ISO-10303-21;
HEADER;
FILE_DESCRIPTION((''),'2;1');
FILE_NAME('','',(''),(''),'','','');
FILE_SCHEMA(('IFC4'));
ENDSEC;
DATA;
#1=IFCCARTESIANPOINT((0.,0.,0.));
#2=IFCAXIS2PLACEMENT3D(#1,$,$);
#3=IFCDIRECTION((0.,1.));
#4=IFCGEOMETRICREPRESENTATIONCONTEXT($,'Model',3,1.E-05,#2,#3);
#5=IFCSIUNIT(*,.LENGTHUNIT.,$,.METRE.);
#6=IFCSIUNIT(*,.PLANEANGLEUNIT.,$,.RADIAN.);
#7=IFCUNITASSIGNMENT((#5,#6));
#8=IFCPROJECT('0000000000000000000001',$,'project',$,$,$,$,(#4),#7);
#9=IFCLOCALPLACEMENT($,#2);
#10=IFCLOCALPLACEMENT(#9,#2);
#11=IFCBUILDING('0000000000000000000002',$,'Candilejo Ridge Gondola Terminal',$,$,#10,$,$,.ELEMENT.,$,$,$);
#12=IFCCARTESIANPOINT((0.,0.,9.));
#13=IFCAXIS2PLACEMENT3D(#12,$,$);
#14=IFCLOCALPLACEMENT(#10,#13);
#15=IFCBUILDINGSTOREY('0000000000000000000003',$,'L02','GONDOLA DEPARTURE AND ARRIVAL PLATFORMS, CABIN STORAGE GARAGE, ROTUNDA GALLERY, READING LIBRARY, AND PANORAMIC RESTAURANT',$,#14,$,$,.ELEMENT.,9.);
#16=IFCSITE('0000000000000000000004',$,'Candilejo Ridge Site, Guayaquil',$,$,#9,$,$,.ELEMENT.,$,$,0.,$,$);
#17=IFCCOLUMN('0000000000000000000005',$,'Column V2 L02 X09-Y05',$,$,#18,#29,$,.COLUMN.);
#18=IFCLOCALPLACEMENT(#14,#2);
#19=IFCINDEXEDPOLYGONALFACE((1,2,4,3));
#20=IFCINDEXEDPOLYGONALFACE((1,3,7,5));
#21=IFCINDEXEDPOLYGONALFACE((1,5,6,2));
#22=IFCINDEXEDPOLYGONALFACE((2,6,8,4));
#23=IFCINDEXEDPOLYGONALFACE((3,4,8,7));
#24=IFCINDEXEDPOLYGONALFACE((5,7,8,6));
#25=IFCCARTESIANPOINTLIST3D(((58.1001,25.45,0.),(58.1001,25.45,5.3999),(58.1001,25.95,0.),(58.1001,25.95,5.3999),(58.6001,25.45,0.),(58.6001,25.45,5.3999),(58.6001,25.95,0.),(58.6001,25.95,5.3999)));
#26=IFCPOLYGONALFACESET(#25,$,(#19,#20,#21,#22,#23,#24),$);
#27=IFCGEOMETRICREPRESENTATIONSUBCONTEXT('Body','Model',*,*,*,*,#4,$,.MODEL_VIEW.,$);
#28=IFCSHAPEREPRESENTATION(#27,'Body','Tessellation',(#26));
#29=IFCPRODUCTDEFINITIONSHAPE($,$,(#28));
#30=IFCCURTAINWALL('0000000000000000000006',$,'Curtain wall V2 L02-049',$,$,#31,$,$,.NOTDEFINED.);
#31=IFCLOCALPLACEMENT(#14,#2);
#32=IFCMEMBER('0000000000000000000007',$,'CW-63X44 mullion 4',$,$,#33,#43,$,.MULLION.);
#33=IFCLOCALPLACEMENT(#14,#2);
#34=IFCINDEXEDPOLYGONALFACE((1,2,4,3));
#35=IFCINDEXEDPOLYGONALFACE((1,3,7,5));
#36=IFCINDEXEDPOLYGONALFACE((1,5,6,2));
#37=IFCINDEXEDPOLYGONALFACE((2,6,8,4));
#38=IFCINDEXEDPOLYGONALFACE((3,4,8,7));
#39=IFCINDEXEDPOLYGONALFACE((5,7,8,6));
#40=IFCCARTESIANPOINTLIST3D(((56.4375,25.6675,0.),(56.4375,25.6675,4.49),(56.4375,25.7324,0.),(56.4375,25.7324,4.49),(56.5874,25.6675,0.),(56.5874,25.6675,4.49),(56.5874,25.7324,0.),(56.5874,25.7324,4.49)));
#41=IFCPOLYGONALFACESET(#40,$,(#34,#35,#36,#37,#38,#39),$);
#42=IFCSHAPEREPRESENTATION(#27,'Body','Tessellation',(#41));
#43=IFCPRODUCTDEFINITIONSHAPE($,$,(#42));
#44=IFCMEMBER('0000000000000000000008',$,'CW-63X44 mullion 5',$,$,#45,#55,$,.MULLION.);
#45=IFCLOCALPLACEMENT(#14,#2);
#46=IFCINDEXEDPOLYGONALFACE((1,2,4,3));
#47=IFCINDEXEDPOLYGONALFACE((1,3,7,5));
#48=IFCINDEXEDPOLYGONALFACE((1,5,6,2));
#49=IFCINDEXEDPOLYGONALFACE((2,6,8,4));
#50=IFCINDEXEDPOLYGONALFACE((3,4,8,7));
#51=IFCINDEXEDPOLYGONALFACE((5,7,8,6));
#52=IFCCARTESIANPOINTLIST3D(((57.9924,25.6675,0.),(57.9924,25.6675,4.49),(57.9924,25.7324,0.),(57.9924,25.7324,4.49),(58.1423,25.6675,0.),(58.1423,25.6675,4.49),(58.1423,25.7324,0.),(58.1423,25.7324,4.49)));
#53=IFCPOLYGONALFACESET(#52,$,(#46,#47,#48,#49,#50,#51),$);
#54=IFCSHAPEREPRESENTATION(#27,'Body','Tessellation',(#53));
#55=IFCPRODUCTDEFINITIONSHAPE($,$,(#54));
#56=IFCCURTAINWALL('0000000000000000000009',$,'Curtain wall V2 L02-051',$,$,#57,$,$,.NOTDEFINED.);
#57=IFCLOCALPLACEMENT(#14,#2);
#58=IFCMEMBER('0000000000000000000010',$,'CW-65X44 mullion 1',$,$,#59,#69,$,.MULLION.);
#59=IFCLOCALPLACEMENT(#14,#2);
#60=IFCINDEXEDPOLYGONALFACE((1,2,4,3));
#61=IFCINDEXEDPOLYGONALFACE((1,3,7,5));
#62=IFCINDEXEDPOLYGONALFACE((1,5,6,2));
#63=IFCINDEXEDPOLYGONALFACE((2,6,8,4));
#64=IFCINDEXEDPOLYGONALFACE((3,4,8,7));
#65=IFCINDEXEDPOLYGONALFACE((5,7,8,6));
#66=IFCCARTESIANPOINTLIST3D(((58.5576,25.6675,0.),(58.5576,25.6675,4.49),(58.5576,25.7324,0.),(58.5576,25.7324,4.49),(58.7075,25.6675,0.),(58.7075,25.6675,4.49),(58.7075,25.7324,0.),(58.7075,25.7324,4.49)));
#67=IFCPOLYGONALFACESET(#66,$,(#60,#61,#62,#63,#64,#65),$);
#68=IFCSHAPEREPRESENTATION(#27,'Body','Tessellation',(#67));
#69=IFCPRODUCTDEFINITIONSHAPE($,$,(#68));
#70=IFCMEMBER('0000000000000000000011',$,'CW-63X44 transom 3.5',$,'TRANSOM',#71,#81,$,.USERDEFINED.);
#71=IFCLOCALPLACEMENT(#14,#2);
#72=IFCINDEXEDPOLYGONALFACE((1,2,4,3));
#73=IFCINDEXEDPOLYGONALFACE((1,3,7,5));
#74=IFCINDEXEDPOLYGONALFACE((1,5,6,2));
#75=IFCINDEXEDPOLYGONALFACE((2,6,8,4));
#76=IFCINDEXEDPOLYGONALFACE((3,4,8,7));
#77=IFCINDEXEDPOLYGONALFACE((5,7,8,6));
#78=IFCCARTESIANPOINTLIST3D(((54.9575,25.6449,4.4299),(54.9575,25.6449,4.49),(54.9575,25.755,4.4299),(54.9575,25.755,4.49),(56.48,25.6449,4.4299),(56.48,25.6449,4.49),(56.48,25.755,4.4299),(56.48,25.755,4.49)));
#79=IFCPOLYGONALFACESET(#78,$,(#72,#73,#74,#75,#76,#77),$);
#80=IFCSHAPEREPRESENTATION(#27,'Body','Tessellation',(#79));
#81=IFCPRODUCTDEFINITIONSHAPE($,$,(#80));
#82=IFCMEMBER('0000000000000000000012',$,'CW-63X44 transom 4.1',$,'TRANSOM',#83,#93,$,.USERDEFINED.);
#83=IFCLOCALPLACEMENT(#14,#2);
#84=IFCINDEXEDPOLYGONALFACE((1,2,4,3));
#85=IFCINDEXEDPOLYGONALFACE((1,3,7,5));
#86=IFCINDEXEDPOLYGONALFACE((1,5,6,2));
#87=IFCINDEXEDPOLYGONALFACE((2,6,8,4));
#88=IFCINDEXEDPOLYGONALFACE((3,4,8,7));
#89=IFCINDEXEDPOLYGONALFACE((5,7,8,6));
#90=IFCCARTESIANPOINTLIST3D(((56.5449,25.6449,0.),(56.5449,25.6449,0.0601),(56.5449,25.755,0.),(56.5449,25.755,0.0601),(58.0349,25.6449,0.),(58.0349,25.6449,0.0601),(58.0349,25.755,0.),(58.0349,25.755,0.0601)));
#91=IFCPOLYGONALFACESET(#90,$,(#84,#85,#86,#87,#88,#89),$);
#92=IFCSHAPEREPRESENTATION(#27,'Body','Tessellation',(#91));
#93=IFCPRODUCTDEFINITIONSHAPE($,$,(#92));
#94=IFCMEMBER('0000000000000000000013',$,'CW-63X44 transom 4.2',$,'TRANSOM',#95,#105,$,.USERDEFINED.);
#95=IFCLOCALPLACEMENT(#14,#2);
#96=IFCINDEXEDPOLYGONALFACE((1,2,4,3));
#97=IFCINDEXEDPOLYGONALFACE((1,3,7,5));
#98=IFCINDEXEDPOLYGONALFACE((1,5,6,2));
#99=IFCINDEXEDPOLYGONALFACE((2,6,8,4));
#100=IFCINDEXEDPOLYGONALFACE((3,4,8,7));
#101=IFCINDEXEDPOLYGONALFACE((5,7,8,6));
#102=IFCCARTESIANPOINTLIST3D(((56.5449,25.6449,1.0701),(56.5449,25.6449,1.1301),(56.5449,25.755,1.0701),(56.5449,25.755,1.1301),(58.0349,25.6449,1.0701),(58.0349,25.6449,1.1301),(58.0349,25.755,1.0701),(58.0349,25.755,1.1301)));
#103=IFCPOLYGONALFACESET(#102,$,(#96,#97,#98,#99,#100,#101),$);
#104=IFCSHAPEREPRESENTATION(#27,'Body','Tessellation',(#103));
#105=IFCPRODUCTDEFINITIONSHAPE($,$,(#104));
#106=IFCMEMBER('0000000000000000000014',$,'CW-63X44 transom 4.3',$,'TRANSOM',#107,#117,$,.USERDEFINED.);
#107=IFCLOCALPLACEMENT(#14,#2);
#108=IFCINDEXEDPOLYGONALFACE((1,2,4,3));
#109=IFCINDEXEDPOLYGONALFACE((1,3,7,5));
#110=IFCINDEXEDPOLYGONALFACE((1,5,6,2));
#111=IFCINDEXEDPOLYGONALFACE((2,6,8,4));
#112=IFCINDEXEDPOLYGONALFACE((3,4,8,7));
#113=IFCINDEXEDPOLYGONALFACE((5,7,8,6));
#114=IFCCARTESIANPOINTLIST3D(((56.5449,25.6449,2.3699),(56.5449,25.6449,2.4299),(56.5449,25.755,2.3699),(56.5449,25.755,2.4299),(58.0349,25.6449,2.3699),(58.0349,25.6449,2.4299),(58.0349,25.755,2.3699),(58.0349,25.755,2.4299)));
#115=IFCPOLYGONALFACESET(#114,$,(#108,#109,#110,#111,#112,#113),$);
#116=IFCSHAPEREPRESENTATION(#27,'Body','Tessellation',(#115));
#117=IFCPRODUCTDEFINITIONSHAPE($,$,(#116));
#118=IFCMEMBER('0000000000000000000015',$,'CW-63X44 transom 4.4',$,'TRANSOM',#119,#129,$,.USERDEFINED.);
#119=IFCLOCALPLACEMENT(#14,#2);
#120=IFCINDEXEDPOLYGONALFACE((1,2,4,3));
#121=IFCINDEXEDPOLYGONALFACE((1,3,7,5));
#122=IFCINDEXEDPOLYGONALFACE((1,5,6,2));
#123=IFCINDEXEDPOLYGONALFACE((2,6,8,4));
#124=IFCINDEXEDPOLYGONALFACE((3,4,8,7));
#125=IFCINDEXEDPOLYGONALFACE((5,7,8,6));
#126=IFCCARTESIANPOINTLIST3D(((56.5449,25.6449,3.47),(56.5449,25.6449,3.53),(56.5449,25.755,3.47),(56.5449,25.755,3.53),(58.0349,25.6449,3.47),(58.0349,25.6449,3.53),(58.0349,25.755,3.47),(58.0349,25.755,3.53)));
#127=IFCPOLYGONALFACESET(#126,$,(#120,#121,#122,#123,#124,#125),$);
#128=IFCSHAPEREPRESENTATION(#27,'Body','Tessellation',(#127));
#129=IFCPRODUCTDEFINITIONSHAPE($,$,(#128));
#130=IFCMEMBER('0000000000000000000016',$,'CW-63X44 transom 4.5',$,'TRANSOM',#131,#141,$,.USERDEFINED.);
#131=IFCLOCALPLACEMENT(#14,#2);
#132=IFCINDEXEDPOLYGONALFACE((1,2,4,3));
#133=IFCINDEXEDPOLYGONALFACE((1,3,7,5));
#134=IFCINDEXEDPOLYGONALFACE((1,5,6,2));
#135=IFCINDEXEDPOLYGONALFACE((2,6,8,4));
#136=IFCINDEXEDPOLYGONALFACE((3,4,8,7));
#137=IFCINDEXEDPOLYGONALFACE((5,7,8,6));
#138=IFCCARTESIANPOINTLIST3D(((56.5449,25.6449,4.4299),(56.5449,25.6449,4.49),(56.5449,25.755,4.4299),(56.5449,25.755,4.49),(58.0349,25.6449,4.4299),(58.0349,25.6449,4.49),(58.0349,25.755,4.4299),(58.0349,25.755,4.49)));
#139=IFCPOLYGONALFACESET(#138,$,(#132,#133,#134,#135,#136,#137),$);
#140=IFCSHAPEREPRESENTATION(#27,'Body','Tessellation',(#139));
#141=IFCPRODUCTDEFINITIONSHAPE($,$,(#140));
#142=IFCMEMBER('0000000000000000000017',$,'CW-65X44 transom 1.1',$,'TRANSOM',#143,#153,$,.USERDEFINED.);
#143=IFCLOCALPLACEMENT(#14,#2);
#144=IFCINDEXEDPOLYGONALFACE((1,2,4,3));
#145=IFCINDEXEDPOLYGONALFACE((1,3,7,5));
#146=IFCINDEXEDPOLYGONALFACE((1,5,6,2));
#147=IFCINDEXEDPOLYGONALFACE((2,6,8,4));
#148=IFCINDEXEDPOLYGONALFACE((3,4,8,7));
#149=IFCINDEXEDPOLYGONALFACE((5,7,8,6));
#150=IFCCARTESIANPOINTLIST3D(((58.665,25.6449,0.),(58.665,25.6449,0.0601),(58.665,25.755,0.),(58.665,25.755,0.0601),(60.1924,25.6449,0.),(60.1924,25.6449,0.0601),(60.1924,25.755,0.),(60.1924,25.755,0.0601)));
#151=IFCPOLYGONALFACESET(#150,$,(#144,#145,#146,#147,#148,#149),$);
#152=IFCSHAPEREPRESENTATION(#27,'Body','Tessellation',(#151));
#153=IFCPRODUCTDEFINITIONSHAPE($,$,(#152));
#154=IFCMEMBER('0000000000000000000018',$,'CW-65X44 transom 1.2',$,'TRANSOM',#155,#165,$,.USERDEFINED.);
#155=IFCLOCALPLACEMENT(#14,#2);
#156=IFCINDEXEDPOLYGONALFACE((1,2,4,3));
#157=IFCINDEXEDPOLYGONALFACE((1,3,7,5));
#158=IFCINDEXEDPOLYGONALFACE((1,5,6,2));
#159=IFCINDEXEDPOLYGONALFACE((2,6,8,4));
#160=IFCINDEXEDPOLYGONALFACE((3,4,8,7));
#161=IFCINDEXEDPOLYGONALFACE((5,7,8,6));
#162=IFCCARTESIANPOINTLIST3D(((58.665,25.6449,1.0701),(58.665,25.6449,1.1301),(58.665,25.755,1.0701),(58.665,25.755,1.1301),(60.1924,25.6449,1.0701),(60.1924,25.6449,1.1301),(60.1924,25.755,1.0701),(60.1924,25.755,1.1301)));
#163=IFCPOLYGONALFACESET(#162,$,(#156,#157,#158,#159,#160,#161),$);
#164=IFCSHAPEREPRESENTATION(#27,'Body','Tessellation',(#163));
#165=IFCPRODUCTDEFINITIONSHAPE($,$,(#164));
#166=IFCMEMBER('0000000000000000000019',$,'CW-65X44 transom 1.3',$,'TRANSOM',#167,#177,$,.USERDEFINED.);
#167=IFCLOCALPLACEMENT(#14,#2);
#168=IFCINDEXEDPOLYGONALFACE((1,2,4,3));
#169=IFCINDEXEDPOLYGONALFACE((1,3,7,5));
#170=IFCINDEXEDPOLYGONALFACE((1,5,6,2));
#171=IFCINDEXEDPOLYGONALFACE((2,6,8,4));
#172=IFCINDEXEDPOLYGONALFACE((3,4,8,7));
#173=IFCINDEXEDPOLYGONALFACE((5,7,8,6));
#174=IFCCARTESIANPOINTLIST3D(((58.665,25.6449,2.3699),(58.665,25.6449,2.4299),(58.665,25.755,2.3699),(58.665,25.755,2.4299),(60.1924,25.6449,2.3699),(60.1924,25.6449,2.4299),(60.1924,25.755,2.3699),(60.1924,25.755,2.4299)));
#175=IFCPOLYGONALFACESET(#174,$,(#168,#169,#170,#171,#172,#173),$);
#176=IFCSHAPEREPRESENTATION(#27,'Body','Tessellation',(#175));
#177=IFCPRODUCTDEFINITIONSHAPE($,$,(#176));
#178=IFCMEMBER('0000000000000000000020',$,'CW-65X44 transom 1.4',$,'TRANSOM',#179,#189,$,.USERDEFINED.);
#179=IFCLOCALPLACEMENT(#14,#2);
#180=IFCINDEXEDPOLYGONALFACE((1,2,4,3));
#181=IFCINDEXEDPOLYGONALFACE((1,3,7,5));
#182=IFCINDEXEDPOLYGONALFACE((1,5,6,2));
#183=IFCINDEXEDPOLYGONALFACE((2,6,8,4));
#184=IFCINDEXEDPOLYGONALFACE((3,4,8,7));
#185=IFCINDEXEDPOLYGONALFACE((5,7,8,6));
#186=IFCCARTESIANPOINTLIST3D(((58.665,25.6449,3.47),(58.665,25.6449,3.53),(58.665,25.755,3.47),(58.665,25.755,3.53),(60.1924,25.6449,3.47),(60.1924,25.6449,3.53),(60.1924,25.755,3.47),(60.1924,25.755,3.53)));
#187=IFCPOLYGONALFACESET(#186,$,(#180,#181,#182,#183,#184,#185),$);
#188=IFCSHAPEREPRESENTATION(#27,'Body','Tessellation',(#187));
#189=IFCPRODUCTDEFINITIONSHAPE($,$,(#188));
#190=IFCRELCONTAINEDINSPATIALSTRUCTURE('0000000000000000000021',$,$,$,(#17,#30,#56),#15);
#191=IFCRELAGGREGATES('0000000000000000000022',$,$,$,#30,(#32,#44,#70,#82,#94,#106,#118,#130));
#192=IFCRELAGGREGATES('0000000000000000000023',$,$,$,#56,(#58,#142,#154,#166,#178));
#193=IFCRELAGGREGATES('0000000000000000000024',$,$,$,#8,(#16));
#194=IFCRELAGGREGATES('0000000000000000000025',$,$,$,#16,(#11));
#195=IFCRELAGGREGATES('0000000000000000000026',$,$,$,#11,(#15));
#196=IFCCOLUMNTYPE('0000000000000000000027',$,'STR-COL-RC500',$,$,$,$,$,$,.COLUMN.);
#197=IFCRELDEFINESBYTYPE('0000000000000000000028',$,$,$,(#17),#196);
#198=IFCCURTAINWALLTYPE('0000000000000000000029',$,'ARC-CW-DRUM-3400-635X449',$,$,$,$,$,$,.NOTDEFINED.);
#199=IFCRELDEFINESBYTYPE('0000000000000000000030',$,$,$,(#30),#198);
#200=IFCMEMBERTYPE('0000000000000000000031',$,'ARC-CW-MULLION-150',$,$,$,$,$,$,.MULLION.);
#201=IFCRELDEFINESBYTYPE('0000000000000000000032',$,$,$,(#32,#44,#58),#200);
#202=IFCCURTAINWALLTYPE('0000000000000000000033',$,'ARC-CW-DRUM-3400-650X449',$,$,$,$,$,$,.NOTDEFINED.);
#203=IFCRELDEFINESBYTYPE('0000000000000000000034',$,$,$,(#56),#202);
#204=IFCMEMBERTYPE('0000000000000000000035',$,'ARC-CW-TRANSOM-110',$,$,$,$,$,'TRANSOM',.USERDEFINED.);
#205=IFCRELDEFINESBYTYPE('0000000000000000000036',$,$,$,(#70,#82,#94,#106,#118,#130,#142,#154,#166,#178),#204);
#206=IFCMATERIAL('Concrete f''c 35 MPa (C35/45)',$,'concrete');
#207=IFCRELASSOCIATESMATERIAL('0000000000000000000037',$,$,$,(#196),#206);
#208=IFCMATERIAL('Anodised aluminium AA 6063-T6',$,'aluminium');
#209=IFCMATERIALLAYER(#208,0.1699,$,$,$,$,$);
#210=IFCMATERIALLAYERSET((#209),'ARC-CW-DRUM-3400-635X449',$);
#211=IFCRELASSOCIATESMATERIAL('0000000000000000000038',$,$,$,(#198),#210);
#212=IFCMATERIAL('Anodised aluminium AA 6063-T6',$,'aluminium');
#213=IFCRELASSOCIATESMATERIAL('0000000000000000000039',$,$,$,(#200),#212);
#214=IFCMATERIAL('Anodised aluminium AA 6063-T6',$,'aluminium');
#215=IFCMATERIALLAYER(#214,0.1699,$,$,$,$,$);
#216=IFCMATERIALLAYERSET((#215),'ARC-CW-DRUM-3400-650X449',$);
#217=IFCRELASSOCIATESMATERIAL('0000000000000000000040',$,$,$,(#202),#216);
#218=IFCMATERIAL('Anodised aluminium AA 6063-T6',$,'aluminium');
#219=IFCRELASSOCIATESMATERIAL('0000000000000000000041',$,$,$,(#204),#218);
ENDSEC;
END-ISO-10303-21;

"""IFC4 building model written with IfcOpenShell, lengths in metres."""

from ifc_helpers import new_model, si_unit, direction, frame, origin, origin_2d, place, context, subcontext, project, spatial, rectangle, extrude, material, layer, layer_set, material_profile, profile_set, type_object, element, aggregate, save


model = new_model("IFC4")

# Units and contexts
model_context = context("Model", 3, precision=1e-05, world=origin(), true_north=direction((0.0, 1.0)))
body_context = subcontext(model_context, "Body", "Model", "MODEL_VIEW")
ifc_project = project(units=[si_unit("LENGTHUNIT", "METRE"), si_unit("PLANEANGLEUNIT", "RADIAN")], contexts=[model_context])

# Site, building, storey
site_placement = place(None, origin())
site = spatial("IfcSite", under=ifc_project, at=site_placement, Name="Candilejo Ridge Site, Guayaquil", CompositionType="ELEMENT", RefElevation=0.0)
building_placement = place(site_placement, origin())
building = spatial("IfcBuilding", under=site, at=building_placement, Name="Candilejo Ridge Gondola Terminal", CompositionType="ELEMENT")
storey_placement = place(building_placement, frame((0.0, 0.0, 9.0)))
storey = spatial("IfcBuildingStorey", under=building, at=storey_placement, Name="L02", Description="GONDOLA DEPARTURE AND ARRIVAL PLATFORMS, CABIN STORAGE GARAGE, ROTUNDA GALLERY, READING LIBRARY, AND PANORAMIC RESTAURANT", CompositionType="ELEMENT", Elevation=9.0)

# Column
ifc_material_1 = material(Name="Concrete f'c 35 MPa (C35/45)", Category="concrete")
ifc_material_profile_1 = material_profile(ifc_material_1, rectangle(XDim=0.5, YDim=0.5, at=origin_2d()))
ifc_profile_set_1 = profile_set([ifc_material_profile_1], Name="Concrete f'c 35 MPa (C35/45)")
column_type = type_object("IfcColumnType", Name="STR-COL-RC500", PredefinedType="COLUMN", material=ifc_profile_set_1)
column_placement = place(storey_placement, frame((58.3501, 25.7, 0.0), z_axis=(0.0, 0.0, 1.0), x_axis=(1.0, 0.0, 0.0)))
element("IfcColumn", 1, at=column_placement, inside=storey, type_object=column_type, Name="Column V2 L02 X09-Y05", PredefinedType="COLUMN", context=body_context, shape_type="SweptSolid", body=[
    extrude(rectangle(XDim=0.5, YDim=0.5, at=origin_2d()), origin(), (0.0, 0.0, 1.0), 5.3999),
])

# Curtain wall, members
ifc_material_2 = material(Name="Anodised aluminium AA 6063-T6", Category="aluminium")
ifc_layer_1 = layer(ifc_material_2, 0.1699)
ifc_layer_set_1 = layer_set([ifc_layer_1], Name="ARC-CW-DRUM-3400-635X449")
curtain_wall_type_1 = type_object("IfcCurtainWallType", Name="ARC-CW-DRUM-3400-635X449", PredefinedType="NOTDEFINED", material=ifc_layer_set_1)
curtain_wall_1_placement = place(storey_placement, origin())
curtain_wall_1 = element("IfcCurtainWall", 2, at=curtain_wall_1_placement, inside=storey, type_object=curtain_wall_type_1, Name="Curtain wall V2 L02-049", PredefinedType="NOTDEFINED")
ifc_material_3 = material(Name="Anodised aluminium AA 6063-T6", Category="aluminium")
ifc_material_profile_2 = material_profile(ifc_material_3, rectangle(XDim=0.0649, YDim=0.1499, at=origin_2d()))
ifc_profile_set_2 = profile_set([ifc_material_profile_2], Name="Anodised aluminium AA 6063-T6")
member_type_1 = type_object("IfcMemberType", Name="ARC-CW-MULLION-150", PredefinedType="MULLION", material=ifc_profile_set_2)
member_1_placement = place(storey_placement, frame((56.5125, 25.7, 0.0), z_axis=(0.0, 0.0, 1.0), x_axis=(0.0, 1.0, 0.0)))
member_1 = element("IfcMember", 3, at=member_1_placement, type_object=member_type_1, Name="CW-63X44 mullion 4", PredefinedType="MULLION", context=body_context, shape_type="SweptSolid", body=[
    extrude(rectangle(XDim=0.0649, YDim=0.1499, at=origin_2d()), origin(), (0.0, 0.0, 1.0), 4.49),
])
member_2_placement = place(storey_placement, frame((58.0674, 25.7, 0.0), z_axis=(0.0, 0.0, 1.0), x_axis=(0.0, 1.0, 0.0)))
member_2 = element("IfcMember", 4, at=member_2_placement, type_object=member_type_1, Name="CW-63X44 mullion 5", PredefinedType="MULLION", context=body_context, shape_type="SweptSolid", body=[
    extrude(rectangle(XDim=0.0649, YDim=0.1499, at=origin_2d()), origin(), (0.0, 0.0, 1.0), 4.49),
])

# Curtain wall, member
ifc_material_4 = material(Name="Anodised aluminium AA 6063-T6", Category="aluminium")
ifc_layer_2 = layer(ifc_material_4, 0.1699)
ifc_layer_set_2 = layer_set([ifc_layer_2], Name="ARC-CW-DRUM-3400-650X449")
curtain_wall_type_2 = type_object("IfcCurtainWallType", Name="ARC-CW-DRUM-3400-650X449", PredefinedType="NOTDEFINED", material=ifc_layer_set_2)
curtain_wall_2_placement = place(storey_placement, origin())
curtain_wall_2 = element("IfcCurtainWall", 5, at=curtain_wall_2_placement, inside=storey, type_object=curtain_wall_type_2, Name="Curtain wall V2 L02-051", PredefinedType="NOTDEFINED")
member_3_placement = place(storey_placement, frame((58.6326, 25.7, 0.0), z_axis=(0.0, 0.0, 1.0), x_axis=(0.0, 1.0, 0.0)))
member_3 = element("IfcMember", 6, at=member_3_placement, type_object=member_type_1, Name="CW-65X44 mullion 1", PredefinedType="MULLION", context=body_context, shape_type="SweptSolid", body=[
    extrude(rectangle(XDim=0.0649, YDim=0.1499, at=origin_2d()), origin(), (0.0, 0.0, 1.0), 4.49),
])

# Members
ifc_material_5 = material(Name="Anodised aluminium AA 6063-T6", Category="aluminium")
ifc_material_profile_3 = material_profile(ifc_material_5, rectangle(XDim=0.1101, YDim=0.0601, at=origin_2d()))
ifc_profile_set_3 = profile_set([ifc_material_profile_3], Name="Anodised aluminium AA 6063-T6")
member_type_2 = type_object("IfcMemberType", Name="ARC-CW-TRANSOM-110", ElementType="TRANSOM", PredefinedType="USERDEFINED", material=ifc_profile_set_3)
member_4_placement = place(storey_placement, frame((54.9575, 25.7, 4.46), z_axis=(1.0, 0.0, 0.0), x_axis=(0.0, 1.0, 0.0)))
member_4 = element("IfcMember", 7, at=member_4_placement, type_object=member_type_2, Name="CW-63X44 transom 3.5", ObjectType="TRANSOM", PredefinedType="USERDEFINED", context=body_context, shape_type="SweptSolid", body=[
    extrude(rectangle(XDim=0.1101, YDim=0.0601, at=origin_2d()), origin(), (0.0, 0.0, 1.0), 1.5225),
])
member_5_placement = place(storey_placement, frame((56.5449, 25.7, 0.03), z_axis=(1.0, 0.0, 0.0), x_axis=(0.0, 1.0, 0.0)))
member_5 = element("IfcMember", 8, at=member_5_placement, type_object=member_type_2, Name="CW-63X44 transom 4.1", ObjectType="TRANSOM", PredefinedType="USERDEFINED", context=body_context, shape_type="SweptSolid", body=[
    extrude(rectangle(XDim=0.1101, YDim=0.0601, at=origin_2d()), origin(), (0.0, 0.0, 1.0), 1.49),
])
member_6_placement = place(storey_placement, frame((56.5449, 25.7, 1.1001), z_axis=(1.0, 0.0, 0.0), x_axis=(0.0, 1.0, 0.0)))
member_6 = element("IfcMember", 9, at=member_6_placement, type_object=member_type_2, Name="CW-63X44 transom 4.2", ObjectType="TRANSOM", PredefinedType="USERDEFINED", context=body_context, shape_type="SweptSolid", body=[
    extrude(rectangle(XDim=0.1101, YDim=0.0601, at=origin_2d()), origin(), (0.0, 0.0, 1.0), 1.49),
])
member_7_placement = place(storey_placement, frame((56.5449, 25.7, 2.3999), z_axis=(1.0, 0.0, 0.0), x_axis=(0.0, 1.0, 0.0)))
member_7 = element("IfcMember", 10, at=member_7_placement, type_object=member_type_2, Name="CW-63X44 transom 4.3", ObjectType="TRANSOM", PredefinedType="USERDEFINED", context=body_context, shape_type="SweptSolid", body=[
    extrude(rectangle(XDim=0.1101, YDim=0.0601, at=origin_2d()), origin(), (0.0, 0.0, 1.0), 1.49),
])
member_8_placement = place(storey_placement, frame((56.5449, 25.7, 3.5), z_axis=(1.0, 0.0, 0.0), x_axis=(0.0, 1.0, 0.0)))
member_8 = element("IfcMember", 11, at=member_8_placement, type_object=member_type_2, Name="CW-63X44 transom 4.4", ObjectType="TRANSOM", PredefinedType="USERDEFINED", context=body_context, shape_type="SweptSolid", body=[
    extrude(rectangle(XDim=0.1101, YDim=0.0601, at=origin_2d()), origin(), (0.0, 0.0, 1.0), 1.49),
])
member_9_placement = place(storey_placement, frame((56.5449, 25.7, 4.46), z_axis=(1.0, 0.0, 0.0), x_axis=(0.0, 1.0, 0.0)))
member_9 = element("IfcMember", 12, at=member_9_placement, type_object=member_type_2, Name="CW-63X44 transom 4.5", ObjectType="TRANSOM", PredefinedType="USERDEFINED", context=body_context, shape_type="SweptSolid", body=[
    extrude(rectangle(XDim=0.1101, YDim=0.0601, at=origin_2d()), origin(), (0.0, 0.0, 1.0), 1.49),
])
member_10_placement = place(storey_placement, frame((58.665, 25.7, 0.03), z_axis=(1.0, 0.0, 0.0), x_axis=(0.0, 1.0, 0.0)))
member_10 = element("IfcMember", 13, at=member_10_placement, type_object=member_type_2, Name="CW-65X44 transom 1.1", ObjectType="TRANSOM", PredefinedType="USERDEFINED", context=body_context, shape_type="SweptSolid", body=[
    extrude(rectangle(XDim=0.1101, YDim=0.0601, at=origin_2d()), origin(), (0.0, 0.0, 1.0), 1.5273),
])
member_11_placement = place(storey_placement, frame((58.665, 25.7, 1.1001), z_axis=(1.0, 0.0, 0.0), x_axis=(0.0, 1.0, 0.0)))
member_11 = element("IfcMember", 14, at=member_11_placement, type_object=member_type_2, Name="CW-65X44 transom 1.2", ObjectType="TRANSOM", PredefinedType="USERDEFINED", context=body_context, shape_type="SweptSolid", body=[
    extrude(rectangle(XDim=0.1101, YDim=0.0601, at=origin_2d()), origin(), (0.0, 0.0, 1.0), 1.5273),
])
member_12_placement = place(storey_placement, frame((58.665, 25.7, 2.3999), z_axis=(1.0, 0.0, 0.0), x_axis=(0.0, 1.0, 0.0)))
member_12 = element("IfcMember", 15, at=member_12_placement, type_object=member_type_2, Name="CW-65X44 transom 1.3", ObjectType="TRANSOM", PredefinedType="USERDEFINED", context=body_context, shape_type="SweptSolid", body=[
    extrude(rectangle(XDim=0.1101, YDim=0.0601, at=origin_2d()), origin(), (0.0, 0.0, 1.0), 1.5273),
])
member_13_placement = place(storey_placement, frame((58.665, 25.7, 3.5), z_axis=(1.0, 0.0, 0.0), x_axis=(0.0, 1.0, 0.0)))
member_13 = element("IfcMember", 16, at=member_13_placement, type_object=member_type_2, Name="CW-65X44 transom 1.4", ObjectType="TRANSOM", PredefinedType="USERDEFINED", context=body_context, shape_type="SweptSolid", body=[
    extrude(rectangle(XDim=0.1101, YDim=0.0601, at=origin_2d()), origin(), (0.0, 0.0, 1.0), 1.5273),
])

aggregate(curtain_wall_1, [member_1, member_2, member_4, member_5, member_6, member_7, member_8, member_9])
aggregate(curtain_wall_2, [member_3, member_10, member_11, member_12, member_13])

save(model, "model.ifc")
